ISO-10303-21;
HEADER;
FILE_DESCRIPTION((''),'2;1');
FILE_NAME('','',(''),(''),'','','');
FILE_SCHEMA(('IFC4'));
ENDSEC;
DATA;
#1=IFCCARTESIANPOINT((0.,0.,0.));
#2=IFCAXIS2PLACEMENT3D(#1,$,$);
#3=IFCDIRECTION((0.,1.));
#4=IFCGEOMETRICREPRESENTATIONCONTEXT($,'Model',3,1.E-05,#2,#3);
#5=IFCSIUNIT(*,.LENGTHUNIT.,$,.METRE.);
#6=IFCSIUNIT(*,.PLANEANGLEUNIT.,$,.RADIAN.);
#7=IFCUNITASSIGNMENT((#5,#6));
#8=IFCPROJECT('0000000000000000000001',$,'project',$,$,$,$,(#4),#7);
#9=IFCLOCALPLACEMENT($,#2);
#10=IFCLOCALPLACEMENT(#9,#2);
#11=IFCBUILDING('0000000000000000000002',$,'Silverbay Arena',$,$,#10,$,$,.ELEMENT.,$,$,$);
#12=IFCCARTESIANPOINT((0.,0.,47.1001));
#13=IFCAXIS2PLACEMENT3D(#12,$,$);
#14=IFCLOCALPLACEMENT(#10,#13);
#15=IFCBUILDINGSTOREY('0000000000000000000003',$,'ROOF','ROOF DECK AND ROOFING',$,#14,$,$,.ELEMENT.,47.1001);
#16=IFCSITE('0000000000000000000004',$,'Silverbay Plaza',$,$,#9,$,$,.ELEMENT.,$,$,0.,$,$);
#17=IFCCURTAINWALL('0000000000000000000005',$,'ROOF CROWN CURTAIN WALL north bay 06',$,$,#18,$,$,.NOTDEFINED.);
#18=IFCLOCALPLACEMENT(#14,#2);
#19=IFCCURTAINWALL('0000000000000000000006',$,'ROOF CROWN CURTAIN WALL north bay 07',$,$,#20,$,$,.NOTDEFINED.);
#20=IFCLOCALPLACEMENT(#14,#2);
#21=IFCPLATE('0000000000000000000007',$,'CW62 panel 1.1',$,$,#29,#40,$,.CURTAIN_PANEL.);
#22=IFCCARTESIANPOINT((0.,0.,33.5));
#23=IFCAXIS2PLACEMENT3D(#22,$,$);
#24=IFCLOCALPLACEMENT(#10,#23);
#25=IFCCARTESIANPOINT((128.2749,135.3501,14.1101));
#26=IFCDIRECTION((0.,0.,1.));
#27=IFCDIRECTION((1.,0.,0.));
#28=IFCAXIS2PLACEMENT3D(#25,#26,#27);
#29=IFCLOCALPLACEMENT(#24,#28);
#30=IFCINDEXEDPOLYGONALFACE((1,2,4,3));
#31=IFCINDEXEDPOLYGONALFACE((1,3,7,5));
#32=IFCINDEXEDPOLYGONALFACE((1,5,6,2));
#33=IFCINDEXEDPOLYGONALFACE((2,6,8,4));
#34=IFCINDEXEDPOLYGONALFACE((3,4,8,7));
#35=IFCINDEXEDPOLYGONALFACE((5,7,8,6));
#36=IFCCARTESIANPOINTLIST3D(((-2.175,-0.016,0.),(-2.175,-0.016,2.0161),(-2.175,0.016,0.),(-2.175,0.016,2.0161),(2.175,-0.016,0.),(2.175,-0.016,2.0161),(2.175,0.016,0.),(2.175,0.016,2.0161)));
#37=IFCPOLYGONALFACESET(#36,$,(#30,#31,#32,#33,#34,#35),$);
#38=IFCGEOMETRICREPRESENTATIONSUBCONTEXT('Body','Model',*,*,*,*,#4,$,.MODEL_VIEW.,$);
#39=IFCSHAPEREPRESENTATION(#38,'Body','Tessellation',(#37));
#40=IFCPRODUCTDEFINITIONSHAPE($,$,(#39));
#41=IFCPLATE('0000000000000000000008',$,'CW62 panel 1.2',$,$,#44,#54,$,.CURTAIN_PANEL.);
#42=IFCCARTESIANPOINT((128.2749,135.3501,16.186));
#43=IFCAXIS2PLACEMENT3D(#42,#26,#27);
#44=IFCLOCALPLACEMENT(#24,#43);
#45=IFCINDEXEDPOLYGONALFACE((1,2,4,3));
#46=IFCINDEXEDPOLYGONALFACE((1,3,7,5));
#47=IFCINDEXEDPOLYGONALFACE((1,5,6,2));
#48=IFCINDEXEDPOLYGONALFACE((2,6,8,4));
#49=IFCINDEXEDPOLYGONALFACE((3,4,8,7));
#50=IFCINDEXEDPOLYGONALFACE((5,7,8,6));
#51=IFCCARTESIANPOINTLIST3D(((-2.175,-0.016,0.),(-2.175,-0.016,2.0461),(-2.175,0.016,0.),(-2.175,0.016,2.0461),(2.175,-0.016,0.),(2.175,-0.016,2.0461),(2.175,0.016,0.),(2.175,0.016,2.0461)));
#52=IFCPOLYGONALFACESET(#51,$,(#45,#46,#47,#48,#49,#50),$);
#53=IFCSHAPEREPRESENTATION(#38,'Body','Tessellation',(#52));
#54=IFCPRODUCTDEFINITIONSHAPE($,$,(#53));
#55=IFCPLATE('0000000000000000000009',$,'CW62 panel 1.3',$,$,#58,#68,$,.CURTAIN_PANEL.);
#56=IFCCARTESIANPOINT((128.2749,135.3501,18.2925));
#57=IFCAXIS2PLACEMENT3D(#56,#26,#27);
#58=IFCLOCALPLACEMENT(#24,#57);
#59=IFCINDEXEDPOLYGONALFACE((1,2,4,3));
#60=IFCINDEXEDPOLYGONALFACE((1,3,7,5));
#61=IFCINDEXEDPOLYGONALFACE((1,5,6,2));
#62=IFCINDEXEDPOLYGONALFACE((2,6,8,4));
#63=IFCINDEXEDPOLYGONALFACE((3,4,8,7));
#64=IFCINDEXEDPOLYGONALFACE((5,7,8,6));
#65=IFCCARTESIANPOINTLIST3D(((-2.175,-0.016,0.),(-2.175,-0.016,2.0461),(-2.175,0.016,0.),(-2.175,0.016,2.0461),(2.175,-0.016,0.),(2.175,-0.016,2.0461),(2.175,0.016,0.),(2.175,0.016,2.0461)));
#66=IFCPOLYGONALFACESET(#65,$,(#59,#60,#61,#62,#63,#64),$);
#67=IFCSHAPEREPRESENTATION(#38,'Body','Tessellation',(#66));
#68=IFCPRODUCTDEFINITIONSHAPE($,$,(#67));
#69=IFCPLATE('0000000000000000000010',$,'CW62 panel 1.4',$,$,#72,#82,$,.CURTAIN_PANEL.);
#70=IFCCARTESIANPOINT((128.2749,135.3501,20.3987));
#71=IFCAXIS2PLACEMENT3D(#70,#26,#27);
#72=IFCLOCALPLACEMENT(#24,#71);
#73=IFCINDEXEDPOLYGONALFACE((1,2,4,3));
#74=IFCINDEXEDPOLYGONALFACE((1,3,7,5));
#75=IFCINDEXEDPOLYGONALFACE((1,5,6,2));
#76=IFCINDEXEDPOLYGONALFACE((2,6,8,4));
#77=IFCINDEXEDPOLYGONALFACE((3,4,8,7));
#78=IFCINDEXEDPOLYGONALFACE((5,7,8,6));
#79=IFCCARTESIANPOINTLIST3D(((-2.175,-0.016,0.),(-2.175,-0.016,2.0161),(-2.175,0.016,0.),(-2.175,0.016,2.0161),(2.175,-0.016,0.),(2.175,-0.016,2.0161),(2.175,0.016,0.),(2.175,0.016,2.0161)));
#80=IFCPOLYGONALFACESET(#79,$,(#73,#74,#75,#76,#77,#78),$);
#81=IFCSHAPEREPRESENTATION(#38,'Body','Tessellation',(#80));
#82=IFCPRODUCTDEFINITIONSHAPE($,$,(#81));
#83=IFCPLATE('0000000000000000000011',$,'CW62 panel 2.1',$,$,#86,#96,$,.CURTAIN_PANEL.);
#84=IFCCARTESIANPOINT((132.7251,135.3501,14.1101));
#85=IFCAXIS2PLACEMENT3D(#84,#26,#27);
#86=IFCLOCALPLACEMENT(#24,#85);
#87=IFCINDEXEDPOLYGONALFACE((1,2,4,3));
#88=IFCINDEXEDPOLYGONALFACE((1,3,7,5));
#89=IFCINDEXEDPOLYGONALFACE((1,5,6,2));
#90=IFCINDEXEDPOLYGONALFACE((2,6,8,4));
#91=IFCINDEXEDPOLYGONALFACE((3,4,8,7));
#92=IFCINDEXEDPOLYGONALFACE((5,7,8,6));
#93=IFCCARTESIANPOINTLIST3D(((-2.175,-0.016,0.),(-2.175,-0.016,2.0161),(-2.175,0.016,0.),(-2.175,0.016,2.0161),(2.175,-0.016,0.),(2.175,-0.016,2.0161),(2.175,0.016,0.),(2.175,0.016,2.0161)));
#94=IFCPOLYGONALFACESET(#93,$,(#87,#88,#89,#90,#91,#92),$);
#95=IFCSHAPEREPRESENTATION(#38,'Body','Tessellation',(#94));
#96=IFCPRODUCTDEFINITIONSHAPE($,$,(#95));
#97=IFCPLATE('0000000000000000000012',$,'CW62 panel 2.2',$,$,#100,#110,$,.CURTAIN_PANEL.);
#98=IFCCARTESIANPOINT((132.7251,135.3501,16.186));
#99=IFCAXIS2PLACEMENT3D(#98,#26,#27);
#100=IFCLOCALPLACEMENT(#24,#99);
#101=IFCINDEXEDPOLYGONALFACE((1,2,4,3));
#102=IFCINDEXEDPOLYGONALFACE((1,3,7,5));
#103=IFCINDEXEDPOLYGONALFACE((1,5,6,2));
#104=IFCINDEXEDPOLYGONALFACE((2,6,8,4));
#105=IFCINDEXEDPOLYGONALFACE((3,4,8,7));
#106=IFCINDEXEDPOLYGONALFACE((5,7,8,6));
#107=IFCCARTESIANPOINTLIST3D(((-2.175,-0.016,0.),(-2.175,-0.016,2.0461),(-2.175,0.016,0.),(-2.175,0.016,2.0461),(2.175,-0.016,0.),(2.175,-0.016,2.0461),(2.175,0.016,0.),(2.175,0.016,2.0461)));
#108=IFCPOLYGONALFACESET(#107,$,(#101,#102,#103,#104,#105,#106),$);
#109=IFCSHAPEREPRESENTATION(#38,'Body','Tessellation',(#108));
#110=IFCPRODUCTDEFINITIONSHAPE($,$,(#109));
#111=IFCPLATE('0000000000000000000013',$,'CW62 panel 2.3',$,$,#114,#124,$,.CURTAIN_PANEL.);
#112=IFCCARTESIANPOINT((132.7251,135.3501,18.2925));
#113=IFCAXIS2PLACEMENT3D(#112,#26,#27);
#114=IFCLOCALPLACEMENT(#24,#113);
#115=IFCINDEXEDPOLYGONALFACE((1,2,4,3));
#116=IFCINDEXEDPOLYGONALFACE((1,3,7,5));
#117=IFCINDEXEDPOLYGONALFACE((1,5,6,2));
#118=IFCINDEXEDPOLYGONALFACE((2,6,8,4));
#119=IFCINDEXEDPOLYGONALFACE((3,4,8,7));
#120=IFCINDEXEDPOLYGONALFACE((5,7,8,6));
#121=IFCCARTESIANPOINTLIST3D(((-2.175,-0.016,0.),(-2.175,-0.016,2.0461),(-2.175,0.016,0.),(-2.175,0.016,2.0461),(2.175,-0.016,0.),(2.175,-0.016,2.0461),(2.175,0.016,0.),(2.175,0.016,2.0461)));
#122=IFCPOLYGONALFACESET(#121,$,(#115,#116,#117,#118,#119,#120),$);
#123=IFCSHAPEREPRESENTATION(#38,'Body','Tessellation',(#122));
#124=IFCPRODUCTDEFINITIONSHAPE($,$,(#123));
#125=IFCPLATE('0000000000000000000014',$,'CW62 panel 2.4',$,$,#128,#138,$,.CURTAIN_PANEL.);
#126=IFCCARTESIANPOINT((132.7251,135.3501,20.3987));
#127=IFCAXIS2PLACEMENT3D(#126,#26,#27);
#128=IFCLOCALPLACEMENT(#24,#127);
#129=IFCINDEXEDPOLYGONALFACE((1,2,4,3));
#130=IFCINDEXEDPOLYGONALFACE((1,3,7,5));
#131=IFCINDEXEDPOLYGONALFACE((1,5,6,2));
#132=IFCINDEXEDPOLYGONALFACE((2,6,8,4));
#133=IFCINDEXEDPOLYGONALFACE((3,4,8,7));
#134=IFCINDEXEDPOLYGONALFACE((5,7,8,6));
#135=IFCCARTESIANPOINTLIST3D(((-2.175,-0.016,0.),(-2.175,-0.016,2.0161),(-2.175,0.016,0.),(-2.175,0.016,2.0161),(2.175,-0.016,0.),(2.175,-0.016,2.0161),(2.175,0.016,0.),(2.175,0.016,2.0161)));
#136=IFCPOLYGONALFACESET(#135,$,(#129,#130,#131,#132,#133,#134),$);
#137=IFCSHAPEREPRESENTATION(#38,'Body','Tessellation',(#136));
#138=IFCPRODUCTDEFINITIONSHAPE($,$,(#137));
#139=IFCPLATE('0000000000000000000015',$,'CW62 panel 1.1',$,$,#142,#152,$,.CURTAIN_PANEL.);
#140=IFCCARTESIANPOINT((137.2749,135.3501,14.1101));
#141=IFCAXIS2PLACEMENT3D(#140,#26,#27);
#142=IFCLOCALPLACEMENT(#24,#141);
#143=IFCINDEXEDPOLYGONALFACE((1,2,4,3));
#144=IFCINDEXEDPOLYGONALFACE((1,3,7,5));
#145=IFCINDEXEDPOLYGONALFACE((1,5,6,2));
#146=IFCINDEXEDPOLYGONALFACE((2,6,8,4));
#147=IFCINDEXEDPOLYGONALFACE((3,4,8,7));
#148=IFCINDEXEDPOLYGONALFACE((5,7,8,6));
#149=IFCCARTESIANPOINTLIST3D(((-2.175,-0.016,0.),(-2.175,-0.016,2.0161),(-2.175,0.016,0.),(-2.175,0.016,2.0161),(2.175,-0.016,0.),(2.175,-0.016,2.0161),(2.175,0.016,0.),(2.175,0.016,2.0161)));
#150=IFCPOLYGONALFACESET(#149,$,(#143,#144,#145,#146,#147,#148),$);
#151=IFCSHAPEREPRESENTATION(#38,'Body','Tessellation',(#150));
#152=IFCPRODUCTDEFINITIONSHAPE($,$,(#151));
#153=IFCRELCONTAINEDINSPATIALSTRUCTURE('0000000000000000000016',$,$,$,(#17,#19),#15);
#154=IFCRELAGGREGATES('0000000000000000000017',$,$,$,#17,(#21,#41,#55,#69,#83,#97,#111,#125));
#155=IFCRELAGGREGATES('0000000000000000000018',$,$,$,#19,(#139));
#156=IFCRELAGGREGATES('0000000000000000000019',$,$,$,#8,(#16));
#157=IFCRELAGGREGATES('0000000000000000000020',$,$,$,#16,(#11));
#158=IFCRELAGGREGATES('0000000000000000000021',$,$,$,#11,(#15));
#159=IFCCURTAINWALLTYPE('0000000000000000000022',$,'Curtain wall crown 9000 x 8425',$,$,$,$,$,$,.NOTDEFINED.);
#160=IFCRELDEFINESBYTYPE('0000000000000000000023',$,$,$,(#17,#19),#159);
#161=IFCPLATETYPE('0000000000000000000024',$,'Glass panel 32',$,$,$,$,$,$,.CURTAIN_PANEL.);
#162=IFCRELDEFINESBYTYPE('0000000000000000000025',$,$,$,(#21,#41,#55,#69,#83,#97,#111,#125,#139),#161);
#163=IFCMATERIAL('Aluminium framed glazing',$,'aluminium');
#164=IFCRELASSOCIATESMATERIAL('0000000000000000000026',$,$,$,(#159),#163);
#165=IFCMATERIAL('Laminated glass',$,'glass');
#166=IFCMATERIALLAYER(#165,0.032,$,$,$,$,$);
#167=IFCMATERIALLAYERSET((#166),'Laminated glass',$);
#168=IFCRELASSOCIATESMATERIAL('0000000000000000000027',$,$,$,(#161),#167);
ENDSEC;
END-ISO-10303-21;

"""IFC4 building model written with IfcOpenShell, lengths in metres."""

from ifc_helpers import new_model, si_unit, direction, frame, origin, origin_2d, place, context, subcontext, project, spatial, rectangle, extrude, material, layer, layer_set, type_object, element, aggregate, save


model = new_model("IFC4")

# Units and contexts
model_context = context("Model", 3, precision=1e-05, world=origin(), true_north=direction((0.0, 1.0)))
body_context = subcontext(model_context, "Body", "Model", "MODEL_VIEW")
ifc_project = project(units=[si_unit("LENGTHUNIT", "METRE"), si_unit("PLANEANGLEUNIT", "RADIAN")], contexts=[model_context])

# Site, building, storey
site_placement = place(None, origin())
site = spatial("IfcSite", under=ifc_project, at=site_placement, Name="Silverbay Plaza", CompositionType="ELEMENT", RefElevation=0.0)
building_placement = place(site_placement, origin())
building = spatial("IfcBuilding", under=site, at=building_placement, Name="Silverbay Arena", CompositionType="ELEMENT")
storey_placement = place(building_placement, frame((0.0, 0.0, 47.1001)))
storey = spatial("IfcBuildingStorey", under=building, at=storey_placement, Name="ROOF", Description="ROOF DECK AND ROOFING", CompositionType="ELEMENT", Elevation=47.1001)

# Curtain wall
ifc_material_1 = material(Name="Aluminium framed glazing", Category="aluminium")
curtain_wall_type = type_object("IfcCurtainWallType", Name="Curtain wall crown 9000 x 8425", PredefinedType="NOTDEFINED", material=ifc_material_1)
curtain_wall_1_placement = place(storey_placement, origin())
curtain_wall_1 = element("IfcCurtainWall", 1, at=curtain_wall_1_placement, inside=storey, type_object=curtain_wall_type, Name="ROOF CROWN CURTAIN WALL north bay 06", PredefinedType="NOTDEFINED")
placement = place(building_placement, frame((0.0, 0.0, 33.5)))

# Curtain wall
curtain_wall_2_placement = place(storey_placement, origin())
curtain_wall_2 = element("IfcCurtainWall", 2, at=curtain_wall_2_placement, inside=storey, type_object=curtain_wall_type, Name="ROOF CROWN CURTAIN WALL north bay 07", PredefinedType="NOTDEFINED")

# Plates
ifc_material_2 = material(Name="Laminated glass", Category="glass")
ifc_layer_1 = layer(ifc_material_2, 0.032)
ifc_layer_set_1 = layer_set([ifc_layer_1], Name="Laminated glass")
plate_type = type_object("IfcPlateType", Name="Glass panel 32", PredefinedType="CURTAIN_PANEL", material=ifc_layer_set_1)
plate_1_placement = place(placement, frame((128.2749, 135.3501, 14.1101), z_axis=(0.0, 0.0, 1.0), x_axis=(1.0, 0.0, 0.0)))
plate_1 = element("IfcPlate", 3, at=plate_1_placement, type_object=plate_type, Name="CW62 panel 1.1", PredefinedType="CURTAIN_PANEL", context=body_context, shape_type="SweptSolid", body=[
    extrude(rectangle(XDim=4.3501, YDim=0.032, at=origin_2d()), origin(), (0.0, 0.0, 1.0), 2.0161),
])
plate_2_placement = place(placement, frame((128.2749, 135.3501, 16.186), z_axis=(0.0, 0.0, 1.0), x_axis=(1.0, 0.0, 0.0)))
plate_2 = element("IfcPlate", 4, at=plate_2_placement, type_object=plate_type, Name="CW62 panel 1.2", PredefinedType="CURTAIN_PANEL", context=body_context, shape_type="SweptSolid", body=[
    extrude(rectangle(XDim=4.3501, YDim=0.032, at=origin_2d()), origin(), (0.0, 0.0, 1.0), 2.0461),
])
plate_3_placement = place(placement, frame((128.2749, 135.3501, 18.2925), z_axis=(0.0, 0.0, 1.0), x_axis=(1.0, 0.0, 0.0)))
plate_3 = element("IfcPlate", 5, at=plate_3_placement, type_object=plate_type, Name="CW62 panel 1.3", PredefinedType="CURTAIN_PANEL", context=body_context, shape_type="SweptSolid", body=[
    extrude(rectangle(XDim=4.3501, YDim=0.032, at=origin_2d()), origin(), (0.0, 0.0, 1.0), 2.0461),
])
plate_4_placement = place(placement, frame((128.2749, 135.3501, 20.3987), z_axis=(0.0, 0.0, 1.0), x_axis=(1.0, 0.0, 0.0)))
plate_4 = element("IfcPlate", 6, at=plate_4_placement, type_object=plate_type, Name="CW62 panel 1.4", PredefinedType="CURTAIN_PANEL", context=body_context, shape_type="SweptSolid", body=[
    extrude(rectangle(XDim=4.3501, YDim=0.032, at=origin_2d()), origin(), (0.0, 0.0, 1.0), 2.0161),
])
plate_5_placement = place(placement, frame((132.7251, 135.3501, 14.1101), z_axis=(0.0, 0.0, 1.0), x_axis=(1.0, 0.0, 0.0)))
plate_5 = element("IfcPlate", 7, at=plate_5_placement, type_object=plate_type, Name="CW62 panel 2.1", PredefinedType="CURTAIN_PANEL", context=body_context, shape_type="SweptSolid", body=[
    extrude(rectangle(XDim=4.3501, YDim=0.032, at=origin_2d()), origin(), (0.0, 0.0, 1.0), 2.0161),
])
plate_6_placement = place(placement, frame((132.7251, 135.3501, 16.186), z_axis=(0.0, 0.0, 1.0), x_axis=(1.0, 0.0, 0.0)))
plate_6 = element("IfcPlate", 8, at=plate_6_placement, type_object=plate_type, Name="CW62 panel 2.2", PredefinedType="CURTAIN_PANEL", context=body_context, shape_type="SweptSolid", body=[
    extrude(rectangle(XDim=4.3501, YDim=0.032, at=origin_2d()), origin(), (0.0, 0.0, 1.0), 2.0461),
])
plate_7_placement = place(placement, frame((132.7251, 135.3501, 18.2925), z_axis=(0.0, 0.0, 1.0), x_axis=(1.0, 0.0, 0.0)))
plate_7 = element("IfcPlate", 9, at=plate_7_placement, type_object=plate_type, Name="CW62 panel 2.3", PredefinedType="CURTAIN_PANEL", context=body_context, shape_type="SweptSolid", body=[
    extrude(rectangle(XDim=4.3501, YDim=0.032, at=origin_2d()), origin(), (0.0, 0.0, 1.0), 2.0461),
])
plate_8_placement = place(placement, frame((132.7251, 135.3501, 20.3987), z_axis=(0.0, 0.0, 1.0), x_axis=(1.0, 0.0, 0.0)))
plate_8 = element("IfcPlate", 10, at=plate_8_placement, type_object=plate_type, Name="CW62 panel 2.4", PredefinedType="CURTAIN_PANEL", context=body_context, shape_type="SweptSolid", body=[
    extrude(rectangle(XDim=4.3501, YDim=0.032, at=origin_2d()), origin(), (0.0, 0.0, 1.0), 2.0161),
])
aggregate(curtain_wall_1, [plate_1, plate_2, plate_3, plate_4, plate_5, plate_6, plate_7, plate_8])
plate_9_placement = place(placement, frame((137.2749, 135.3501, 14.1101), z_axis=(0.0, 0.0, 1.0), x_axis=(1.0, 0.0, 0.0)))
plate_9 = element("IfcPlate", 11, at=plate_9_placement, type_object=plate_type, Name="CW62 panel 1.1", PredefinedType="CURTAIN_PANEL", context=body_context, shape_type="SweptSolid", body=[
    extrude(rectangle(XDim=4.3501, YDim=0.032, at=origin_2d()), origin(), (0.0, 0.0, 1.0), 2.0161),
])
aggregate(curtain_wall_2, [plate_9])

save(model, "model.ifc")
